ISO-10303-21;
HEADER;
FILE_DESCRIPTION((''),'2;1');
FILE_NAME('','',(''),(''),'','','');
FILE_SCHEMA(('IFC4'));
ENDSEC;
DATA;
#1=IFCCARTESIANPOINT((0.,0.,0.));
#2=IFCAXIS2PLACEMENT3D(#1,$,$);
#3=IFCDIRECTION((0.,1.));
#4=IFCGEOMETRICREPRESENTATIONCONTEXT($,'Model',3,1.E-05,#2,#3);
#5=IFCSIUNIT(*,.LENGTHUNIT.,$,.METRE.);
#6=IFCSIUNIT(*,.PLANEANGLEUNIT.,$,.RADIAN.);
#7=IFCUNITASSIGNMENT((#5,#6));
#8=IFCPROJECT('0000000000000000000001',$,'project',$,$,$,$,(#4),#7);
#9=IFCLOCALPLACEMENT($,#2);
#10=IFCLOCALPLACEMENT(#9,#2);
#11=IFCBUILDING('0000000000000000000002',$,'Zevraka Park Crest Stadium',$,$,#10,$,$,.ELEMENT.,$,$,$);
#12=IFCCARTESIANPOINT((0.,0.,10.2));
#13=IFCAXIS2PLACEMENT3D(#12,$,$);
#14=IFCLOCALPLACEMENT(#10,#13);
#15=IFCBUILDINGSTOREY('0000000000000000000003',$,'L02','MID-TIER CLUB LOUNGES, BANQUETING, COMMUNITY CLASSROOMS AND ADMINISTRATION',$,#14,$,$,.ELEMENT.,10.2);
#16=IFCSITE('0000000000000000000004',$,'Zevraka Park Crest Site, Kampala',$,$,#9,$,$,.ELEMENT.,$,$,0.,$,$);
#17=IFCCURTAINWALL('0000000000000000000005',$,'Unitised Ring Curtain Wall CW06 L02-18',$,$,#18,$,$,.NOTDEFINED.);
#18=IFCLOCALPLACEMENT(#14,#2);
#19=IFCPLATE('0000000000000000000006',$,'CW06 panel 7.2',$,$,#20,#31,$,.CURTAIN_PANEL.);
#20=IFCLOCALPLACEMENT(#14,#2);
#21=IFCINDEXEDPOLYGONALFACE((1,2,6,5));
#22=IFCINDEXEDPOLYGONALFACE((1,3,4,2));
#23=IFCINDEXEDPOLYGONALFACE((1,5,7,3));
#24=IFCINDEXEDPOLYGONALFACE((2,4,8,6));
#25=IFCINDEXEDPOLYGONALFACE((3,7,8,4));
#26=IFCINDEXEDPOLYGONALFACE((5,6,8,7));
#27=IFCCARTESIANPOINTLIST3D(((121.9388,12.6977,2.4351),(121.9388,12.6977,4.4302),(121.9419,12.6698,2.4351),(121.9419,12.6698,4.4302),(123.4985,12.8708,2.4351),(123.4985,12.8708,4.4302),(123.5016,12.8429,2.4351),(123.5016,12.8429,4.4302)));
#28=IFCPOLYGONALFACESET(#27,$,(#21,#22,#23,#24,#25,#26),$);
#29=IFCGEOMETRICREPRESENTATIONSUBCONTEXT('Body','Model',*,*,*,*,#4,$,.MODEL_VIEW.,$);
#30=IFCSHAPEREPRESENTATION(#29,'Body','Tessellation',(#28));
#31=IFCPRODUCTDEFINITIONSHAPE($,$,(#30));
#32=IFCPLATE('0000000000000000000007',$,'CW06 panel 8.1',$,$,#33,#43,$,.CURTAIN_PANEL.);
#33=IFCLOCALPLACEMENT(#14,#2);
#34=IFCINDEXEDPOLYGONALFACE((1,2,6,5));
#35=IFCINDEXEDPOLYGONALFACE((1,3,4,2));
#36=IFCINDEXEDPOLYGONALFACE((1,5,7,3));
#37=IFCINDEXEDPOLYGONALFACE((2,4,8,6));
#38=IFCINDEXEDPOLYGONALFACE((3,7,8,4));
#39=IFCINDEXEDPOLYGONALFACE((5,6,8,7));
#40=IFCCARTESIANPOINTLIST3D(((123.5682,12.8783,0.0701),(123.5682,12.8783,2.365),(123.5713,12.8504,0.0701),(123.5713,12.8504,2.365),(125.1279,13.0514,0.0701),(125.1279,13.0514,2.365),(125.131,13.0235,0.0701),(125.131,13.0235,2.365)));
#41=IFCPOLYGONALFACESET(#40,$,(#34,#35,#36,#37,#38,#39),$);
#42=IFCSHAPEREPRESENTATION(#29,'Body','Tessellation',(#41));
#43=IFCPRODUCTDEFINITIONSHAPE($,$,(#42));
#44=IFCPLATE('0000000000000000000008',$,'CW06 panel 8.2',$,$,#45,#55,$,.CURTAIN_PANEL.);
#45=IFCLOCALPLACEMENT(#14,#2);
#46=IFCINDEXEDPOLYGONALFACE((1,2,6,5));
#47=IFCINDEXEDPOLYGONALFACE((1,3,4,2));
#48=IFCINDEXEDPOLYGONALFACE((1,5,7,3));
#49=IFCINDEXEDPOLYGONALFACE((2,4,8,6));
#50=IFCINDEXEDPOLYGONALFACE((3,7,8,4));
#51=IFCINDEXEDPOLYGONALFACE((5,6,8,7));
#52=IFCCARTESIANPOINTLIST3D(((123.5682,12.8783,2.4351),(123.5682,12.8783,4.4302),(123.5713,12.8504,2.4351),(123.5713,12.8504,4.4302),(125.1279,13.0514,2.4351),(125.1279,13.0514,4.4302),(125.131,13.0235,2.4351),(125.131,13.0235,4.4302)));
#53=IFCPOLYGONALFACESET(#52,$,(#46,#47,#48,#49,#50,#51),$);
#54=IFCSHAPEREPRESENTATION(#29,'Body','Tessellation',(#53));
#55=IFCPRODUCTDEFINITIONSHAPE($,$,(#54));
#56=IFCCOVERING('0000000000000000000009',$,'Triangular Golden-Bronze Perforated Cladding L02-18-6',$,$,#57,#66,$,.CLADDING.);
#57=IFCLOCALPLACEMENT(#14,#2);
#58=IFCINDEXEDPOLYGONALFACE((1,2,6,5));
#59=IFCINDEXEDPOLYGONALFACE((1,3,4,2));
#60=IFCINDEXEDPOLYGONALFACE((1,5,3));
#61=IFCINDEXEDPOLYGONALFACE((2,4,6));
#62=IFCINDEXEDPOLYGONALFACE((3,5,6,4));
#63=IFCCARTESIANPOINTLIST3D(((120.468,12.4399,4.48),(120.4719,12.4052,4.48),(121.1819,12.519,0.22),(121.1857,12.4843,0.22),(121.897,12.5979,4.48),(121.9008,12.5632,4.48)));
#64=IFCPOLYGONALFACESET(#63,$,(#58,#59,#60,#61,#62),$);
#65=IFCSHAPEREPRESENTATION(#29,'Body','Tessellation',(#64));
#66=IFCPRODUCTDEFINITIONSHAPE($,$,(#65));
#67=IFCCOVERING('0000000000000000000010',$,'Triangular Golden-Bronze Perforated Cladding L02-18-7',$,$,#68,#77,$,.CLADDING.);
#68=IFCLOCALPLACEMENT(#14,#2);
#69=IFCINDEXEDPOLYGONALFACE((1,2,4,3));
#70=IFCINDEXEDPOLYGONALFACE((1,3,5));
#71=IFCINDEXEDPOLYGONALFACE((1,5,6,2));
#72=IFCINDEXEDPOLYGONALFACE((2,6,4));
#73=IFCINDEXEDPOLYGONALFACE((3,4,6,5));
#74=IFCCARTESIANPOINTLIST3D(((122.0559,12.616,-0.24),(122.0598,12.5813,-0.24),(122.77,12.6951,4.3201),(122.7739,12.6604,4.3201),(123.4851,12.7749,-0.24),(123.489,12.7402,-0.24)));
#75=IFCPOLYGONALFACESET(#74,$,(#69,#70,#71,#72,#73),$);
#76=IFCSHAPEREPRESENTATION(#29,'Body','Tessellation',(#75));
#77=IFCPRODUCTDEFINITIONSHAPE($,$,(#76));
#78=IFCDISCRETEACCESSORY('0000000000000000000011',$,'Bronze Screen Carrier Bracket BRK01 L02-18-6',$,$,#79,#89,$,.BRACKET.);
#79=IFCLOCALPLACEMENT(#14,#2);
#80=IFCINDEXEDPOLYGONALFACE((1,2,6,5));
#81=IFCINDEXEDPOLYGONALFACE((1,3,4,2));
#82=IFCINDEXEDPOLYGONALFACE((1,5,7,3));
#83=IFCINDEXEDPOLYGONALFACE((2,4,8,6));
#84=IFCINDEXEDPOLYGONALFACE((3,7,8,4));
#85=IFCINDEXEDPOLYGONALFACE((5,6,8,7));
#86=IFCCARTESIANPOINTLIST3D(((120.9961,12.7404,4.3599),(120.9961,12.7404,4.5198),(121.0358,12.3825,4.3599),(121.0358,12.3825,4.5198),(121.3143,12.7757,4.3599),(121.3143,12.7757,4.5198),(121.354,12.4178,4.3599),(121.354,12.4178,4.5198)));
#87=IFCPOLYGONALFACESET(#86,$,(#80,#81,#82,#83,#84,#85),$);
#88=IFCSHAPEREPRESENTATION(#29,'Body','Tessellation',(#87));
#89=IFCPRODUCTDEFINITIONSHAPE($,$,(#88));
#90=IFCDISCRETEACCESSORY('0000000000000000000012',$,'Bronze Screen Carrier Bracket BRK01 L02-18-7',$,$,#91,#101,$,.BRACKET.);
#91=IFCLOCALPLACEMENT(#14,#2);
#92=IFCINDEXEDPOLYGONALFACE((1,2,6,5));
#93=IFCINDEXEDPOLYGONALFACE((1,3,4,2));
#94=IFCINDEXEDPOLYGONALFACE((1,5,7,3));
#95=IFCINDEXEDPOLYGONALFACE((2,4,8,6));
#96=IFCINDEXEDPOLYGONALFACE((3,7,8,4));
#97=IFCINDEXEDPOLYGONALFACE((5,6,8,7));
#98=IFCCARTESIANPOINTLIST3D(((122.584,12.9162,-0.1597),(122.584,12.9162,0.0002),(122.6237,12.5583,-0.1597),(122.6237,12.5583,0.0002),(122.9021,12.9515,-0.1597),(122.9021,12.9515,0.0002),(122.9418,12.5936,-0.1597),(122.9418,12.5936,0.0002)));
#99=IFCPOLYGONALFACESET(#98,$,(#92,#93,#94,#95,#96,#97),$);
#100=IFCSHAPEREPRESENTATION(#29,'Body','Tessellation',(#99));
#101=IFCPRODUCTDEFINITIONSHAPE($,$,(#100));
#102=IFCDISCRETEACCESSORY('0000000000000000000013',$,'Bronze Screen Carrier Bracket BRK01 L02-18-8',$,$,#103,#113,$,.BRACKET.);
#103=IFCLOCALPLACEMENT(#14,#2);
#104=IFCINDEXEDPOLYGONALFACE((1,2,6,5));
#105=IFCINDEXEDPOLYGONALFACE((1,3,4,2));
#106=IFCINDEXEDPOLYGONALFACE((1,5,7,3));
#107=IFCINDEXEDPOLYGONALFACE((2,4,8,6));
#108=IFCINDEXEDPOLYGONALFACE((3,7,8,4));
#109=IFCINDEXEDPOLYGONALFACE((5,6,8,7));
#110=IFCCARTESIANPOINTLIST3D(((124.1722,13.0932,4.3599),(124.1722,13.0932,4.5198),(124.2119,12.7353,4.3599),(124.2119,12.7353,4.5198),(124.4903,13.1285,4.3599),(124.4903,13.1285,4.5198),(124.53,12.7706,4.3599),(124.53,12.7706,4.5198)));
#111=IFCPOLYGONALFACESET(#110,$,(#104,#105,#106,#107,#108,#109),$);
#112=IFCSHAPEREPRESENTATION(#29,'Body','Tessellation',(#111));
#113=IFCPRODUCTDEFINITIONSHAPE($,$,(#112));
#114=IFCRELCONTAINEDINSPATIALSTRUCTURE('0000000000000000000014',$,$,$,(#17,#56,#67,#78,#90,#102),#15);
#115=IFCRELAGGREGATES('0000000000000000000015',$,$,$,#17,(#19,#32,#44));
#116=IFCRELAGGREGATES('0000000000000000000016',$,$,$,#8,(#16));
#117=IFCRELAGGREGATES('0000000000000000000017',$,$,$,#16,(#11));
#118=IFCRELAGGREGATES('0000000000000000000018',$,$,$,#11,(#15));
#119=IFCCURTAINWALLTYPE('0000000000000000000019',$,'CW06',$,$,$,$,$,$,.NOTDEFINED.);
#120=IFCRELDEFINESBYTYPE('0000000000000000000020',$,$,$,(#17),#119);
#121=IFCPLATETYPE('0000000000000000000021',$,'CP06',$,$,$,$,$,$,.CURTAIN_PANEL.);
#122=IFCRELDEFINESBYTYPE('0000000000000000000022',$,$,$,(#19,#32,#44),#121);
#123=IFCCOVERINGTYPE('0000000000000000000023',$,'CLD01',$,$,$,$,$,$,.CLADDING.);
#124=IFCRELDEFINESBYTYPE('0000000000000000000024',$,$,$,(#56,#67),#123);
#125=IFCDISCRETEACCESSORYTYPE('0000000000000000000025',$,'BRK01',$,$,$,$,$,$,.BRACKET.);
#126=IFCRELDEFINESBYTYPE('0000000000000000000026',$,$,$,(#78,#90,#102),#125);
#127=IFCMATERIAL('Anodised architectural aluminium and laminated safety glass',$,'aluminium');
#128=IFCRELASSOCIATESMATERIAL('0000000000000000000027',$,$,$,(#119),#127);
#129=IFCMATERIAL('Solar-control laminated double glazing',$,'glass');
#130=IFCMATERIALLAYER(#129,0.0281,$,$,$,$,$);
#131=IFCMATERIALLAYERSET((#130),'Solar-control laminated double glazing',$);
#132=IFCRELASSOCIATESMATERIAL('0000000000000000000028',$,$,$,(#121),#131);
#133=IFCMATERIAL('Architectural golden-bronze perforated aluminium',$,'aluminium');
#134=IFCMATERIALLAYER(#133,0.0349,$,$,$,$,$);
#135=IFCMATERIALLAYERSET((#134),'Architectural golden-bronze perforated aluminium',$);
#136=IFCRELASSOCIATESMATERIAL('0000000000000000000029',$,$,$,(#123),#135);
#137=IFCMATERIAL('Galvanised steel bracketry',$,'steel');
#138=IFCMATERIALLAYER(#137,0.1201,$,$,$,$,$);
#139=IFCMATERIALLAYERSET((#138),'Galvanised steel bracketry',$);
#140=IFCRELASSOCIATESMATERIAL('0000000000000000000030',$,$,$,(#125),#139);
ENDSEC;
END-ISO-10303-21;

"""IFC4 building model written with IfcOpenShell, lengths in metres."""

from ifc_helpers import new_model, si_unit, direction, frame, origin, origin_2d, place, context, subcontext, project, spatial, polyline, rectangle, outline, extrude, material, layer, layer_set, type_object, element, aggregate, save


model = new_model("IFC4")

# Units and contexts
model_context = context("Model", 3, precision=1e-05, world=origin(), true_north=direction((0.0, 1.0)))
body_context = subcontext(model_context, "Body", "Model", "MODEL_VIEW")
ifc_project = project(units=[si_unit("LENGTHUNIT", "METRE"), si_unit("PLANEANGLEUNIT", "RADIAN")], contexts=[model_context])

# Site, building, storey
site_placement = place(None, origin())
site = spatial("IfcSite", under=ifc_project, at=site_placement, Name="Zevraka Park Crest Site, Kampala", CompositionType="ELEMENT", RefElevation=0.0)
building_placement = place(site_placement, origin())
building = spatial("IfcBuilding", under=site, at=building_placement, Name="Zevraka Park Crest Stadium", CompositionType="ELEMENT")
storey_placement = place(building_placement, frame((0.0, 0.0, 10.2)))
storey = spatial("IfcBuildingStorey", under=building, at=storey_placement, Name="L02", Description="MID-TIER CLUB LOUNGES, BANQUETING, COMMUNITY CLASSROOMS AND ADMINISTRATION", CompositionType="ELEMENT", Elevation=10.2)

# Curtain wall
ifc_material_1 = material(Name="Anodised architectural aluminium and laminated safety glass", Category="aluminium")
curtain_wall_type = type_object("IfcCurtainWallType", Name="CW06", PredefinedType="NOTDEFINED", material=ifc_material_1)
curtain_wall_placement = place(storey_placement, origin())
curtain_wall = element("IfcCurtainWall", 1, at=curtain_wall_placement, inside=storey, type_object=curtain_wall_type, Name="Unitised Ring Curtain Wall CW06 L02-18", PredefinedType="NOTDEFINED")

# Plates
ifc_material_2 = material(Name="Solar-control laminated double glazing", Category="glass")
ifc_layer_1 = layer(ifc_material_2, 0.0281)
ifc_layer_set_1 = layer_set([ifc_layer_1], Name="Solar-control laminated double glazing")
plate_type = type_object("IfcPlateType", Name="CP06", PredefinedType="CURTAIN_PANEL", material=ifc_layer_set_1)
plate_1_placement = place(storey_placement, frame((122.7202, 12.7703, 2.4351), z_axis=(0.0, 0.0, 1.0), x_axis=(0.993899, 0.110293, 0.0)))
plate_1 = element("IfcPlate", 2, at=plate_1_placement, type_object=plate_type, Name="CW06 panel 7.2", PredefinedType="CURTAIN_PANEL", context=body_context, shape_type="SweptSolid", body=[
    extrude(rectangle(XDim=1.5693, YDim=0.0281, at=origin_2d()), origin(), (0.0, 0.0, 1.0), 1.9951),
])
plate_2_placement = place(storey_placement, frame((124.3496, 12.9509, 0.0701), z_axis=(0.0, 0.0, 1.0), x_axis=(0.993899, 0.110293, 0.0)))
plate_2 = element("IfcPlate", 3, at=plate_2_placement, type_object=plate_type, Name="CW06 panel 8.1", PredefinedType="CURTAIN_PANEL", context=body_context, shape_type="SweptSolid", body=[
    extrude(rectangle(XDim=1.5693, YDim=0.0281, at=origin_2d()), origin(), (0.0, 0.0, 1.0), 2.2949),
])
plate_3_placement = place(storey_placement, frame((124.3496, 12.9509, 2.4351), z_axis=(0.0, 0.0, 1.0), x_axis=(0.993899, 0.110293, 0.0)))
plate_3 = element("IfcPlate", 4, at=plate_3_placement, type_object=plate_type, Name="CW06 panel 8.2", PredefinedType="CURTAIN_PANEL", context=body_context, shape_type="SweptSolid", body=[
    extrude(rectangle(XDim=1.5693, YDim=0.0281, at=origin_2d()), origin(), (0.0, 0.0, 1.0), 1.9951),
])
aggregate(curtain_wall, [plate_1, plate_2, plate_3])

# Coverings
ifc_material_3 = material(Name="Architectural golden-bronze perforated aluminium", Category="aluminium")
ifc_layer_2 = layer(ifc_material_3, 0.0349)
ifc_layer_set_2 = layer_set([ifc_layer_2], Name="Architectural golden-bronze perforated aluminium")
covering_type = type_object("IfcCoveringType", Name="CLD01", PredefinedType="CLADDING", material=ifc_layer_set_2)
covering_1_placement = place(storey_placement, frame((121.897, 12.5979, 4.48), z_axis=(-0.109872, 0.993946, 0.000044), x_axis=(-0.993946, -0.109872, 0.0)))
element("IfcCovering", 5, at=covering_1_placement, inside=storey, type_object=covering_type, Name="Triangular Golden-Bronze Perforated Cladding L02-18-6", PredefinedType="CLADDING", context=body_context, shape_type="SweptSolid", body=[
    extrude(outline(polyline([(0.0, 0.0), (1.4377, 0.0), (0.7194, -4.26), (0.0, 0.0)])), origin(), (0.0, 0.0, -1.0), 0.0349),
])
covering_2_placement = place(storey_placement, frame((122.0559, 12.616, -0.24), z_axis=(-0.110525, 0.993873, 0.000068), x_axis=(0.993873, 0.110525, 0.0)))
element("IfcCovering", 6, at=covering_2_placement, inside=storey, type_object=covering_type, Name="Triangular Golden-Bronze Perforated Cladding L02-18-7", PredefinedType="CLADDING", context=body_context, shape_type="SweptSolid", body=[
    extrude(outline(polyline([(0.0, 0.0), (1.438, 0.0), (0.7185, -4.5601), (0.0, 0.0)])), origin(), (0.0, 0.0, -1.0), 0.0349),
])

# Discrete accessories
ifc_material_4 = material(Name="Galvanised steel bracketry", Category="steel")
ifc_layer_3 = layer(ifc_material_4, 0.1201)
ifc_layer_set_3 = layer_set([ifc_layer_3], Name="Galvanised steel bracketry")
discrete_accessory_type = type_object("IfcDiscreteAccessoryType", Name="BRK01", PredefinedType="BRACKET", material=ifc_layer_set_3)
for number, where, z_axis, x_axis, name in (
    (7, (121.175, 12.5791, 4.3599), (0.0, 0.0, 1.0), (0.993903, 0.110255, 0.0), "Bronze Screen Carrier Bracket BRK01 L02-18-6"),
    (8, (122.7629, 12.7549, -0.1597), (0.0, 0.0, 1.0), (0.993903, 0.110255, 0.0), "Bronze Screen Carrier Bracket BRK01 L02-18-7"),
    (9, (124.3511, 12.9319, 4.3599), (0.0, 0.0, 1.0), (0.993903, 0.110255, 0.0), "Bronze Screen Carrier Bracket BRK01 L02-18-8"),
):
    element("IfcDiscreteAccessory", number, at=place(storey_placement, frame(where, z_axis=z_axis, x_axis=x_axis)), inside=storey, type_object=discrete_accessory_type, Name=name, PredefinedType="BRACKET", context=body_context, shape_type="SweptSolid", body=[
        extrude(rectangle(XDim=0.3201, YDim=0.3601, at=origin_2d()), origin(), (0.0, 0.0, 1.0), 0.1599),
    ])

save(model, "model.ifc")
